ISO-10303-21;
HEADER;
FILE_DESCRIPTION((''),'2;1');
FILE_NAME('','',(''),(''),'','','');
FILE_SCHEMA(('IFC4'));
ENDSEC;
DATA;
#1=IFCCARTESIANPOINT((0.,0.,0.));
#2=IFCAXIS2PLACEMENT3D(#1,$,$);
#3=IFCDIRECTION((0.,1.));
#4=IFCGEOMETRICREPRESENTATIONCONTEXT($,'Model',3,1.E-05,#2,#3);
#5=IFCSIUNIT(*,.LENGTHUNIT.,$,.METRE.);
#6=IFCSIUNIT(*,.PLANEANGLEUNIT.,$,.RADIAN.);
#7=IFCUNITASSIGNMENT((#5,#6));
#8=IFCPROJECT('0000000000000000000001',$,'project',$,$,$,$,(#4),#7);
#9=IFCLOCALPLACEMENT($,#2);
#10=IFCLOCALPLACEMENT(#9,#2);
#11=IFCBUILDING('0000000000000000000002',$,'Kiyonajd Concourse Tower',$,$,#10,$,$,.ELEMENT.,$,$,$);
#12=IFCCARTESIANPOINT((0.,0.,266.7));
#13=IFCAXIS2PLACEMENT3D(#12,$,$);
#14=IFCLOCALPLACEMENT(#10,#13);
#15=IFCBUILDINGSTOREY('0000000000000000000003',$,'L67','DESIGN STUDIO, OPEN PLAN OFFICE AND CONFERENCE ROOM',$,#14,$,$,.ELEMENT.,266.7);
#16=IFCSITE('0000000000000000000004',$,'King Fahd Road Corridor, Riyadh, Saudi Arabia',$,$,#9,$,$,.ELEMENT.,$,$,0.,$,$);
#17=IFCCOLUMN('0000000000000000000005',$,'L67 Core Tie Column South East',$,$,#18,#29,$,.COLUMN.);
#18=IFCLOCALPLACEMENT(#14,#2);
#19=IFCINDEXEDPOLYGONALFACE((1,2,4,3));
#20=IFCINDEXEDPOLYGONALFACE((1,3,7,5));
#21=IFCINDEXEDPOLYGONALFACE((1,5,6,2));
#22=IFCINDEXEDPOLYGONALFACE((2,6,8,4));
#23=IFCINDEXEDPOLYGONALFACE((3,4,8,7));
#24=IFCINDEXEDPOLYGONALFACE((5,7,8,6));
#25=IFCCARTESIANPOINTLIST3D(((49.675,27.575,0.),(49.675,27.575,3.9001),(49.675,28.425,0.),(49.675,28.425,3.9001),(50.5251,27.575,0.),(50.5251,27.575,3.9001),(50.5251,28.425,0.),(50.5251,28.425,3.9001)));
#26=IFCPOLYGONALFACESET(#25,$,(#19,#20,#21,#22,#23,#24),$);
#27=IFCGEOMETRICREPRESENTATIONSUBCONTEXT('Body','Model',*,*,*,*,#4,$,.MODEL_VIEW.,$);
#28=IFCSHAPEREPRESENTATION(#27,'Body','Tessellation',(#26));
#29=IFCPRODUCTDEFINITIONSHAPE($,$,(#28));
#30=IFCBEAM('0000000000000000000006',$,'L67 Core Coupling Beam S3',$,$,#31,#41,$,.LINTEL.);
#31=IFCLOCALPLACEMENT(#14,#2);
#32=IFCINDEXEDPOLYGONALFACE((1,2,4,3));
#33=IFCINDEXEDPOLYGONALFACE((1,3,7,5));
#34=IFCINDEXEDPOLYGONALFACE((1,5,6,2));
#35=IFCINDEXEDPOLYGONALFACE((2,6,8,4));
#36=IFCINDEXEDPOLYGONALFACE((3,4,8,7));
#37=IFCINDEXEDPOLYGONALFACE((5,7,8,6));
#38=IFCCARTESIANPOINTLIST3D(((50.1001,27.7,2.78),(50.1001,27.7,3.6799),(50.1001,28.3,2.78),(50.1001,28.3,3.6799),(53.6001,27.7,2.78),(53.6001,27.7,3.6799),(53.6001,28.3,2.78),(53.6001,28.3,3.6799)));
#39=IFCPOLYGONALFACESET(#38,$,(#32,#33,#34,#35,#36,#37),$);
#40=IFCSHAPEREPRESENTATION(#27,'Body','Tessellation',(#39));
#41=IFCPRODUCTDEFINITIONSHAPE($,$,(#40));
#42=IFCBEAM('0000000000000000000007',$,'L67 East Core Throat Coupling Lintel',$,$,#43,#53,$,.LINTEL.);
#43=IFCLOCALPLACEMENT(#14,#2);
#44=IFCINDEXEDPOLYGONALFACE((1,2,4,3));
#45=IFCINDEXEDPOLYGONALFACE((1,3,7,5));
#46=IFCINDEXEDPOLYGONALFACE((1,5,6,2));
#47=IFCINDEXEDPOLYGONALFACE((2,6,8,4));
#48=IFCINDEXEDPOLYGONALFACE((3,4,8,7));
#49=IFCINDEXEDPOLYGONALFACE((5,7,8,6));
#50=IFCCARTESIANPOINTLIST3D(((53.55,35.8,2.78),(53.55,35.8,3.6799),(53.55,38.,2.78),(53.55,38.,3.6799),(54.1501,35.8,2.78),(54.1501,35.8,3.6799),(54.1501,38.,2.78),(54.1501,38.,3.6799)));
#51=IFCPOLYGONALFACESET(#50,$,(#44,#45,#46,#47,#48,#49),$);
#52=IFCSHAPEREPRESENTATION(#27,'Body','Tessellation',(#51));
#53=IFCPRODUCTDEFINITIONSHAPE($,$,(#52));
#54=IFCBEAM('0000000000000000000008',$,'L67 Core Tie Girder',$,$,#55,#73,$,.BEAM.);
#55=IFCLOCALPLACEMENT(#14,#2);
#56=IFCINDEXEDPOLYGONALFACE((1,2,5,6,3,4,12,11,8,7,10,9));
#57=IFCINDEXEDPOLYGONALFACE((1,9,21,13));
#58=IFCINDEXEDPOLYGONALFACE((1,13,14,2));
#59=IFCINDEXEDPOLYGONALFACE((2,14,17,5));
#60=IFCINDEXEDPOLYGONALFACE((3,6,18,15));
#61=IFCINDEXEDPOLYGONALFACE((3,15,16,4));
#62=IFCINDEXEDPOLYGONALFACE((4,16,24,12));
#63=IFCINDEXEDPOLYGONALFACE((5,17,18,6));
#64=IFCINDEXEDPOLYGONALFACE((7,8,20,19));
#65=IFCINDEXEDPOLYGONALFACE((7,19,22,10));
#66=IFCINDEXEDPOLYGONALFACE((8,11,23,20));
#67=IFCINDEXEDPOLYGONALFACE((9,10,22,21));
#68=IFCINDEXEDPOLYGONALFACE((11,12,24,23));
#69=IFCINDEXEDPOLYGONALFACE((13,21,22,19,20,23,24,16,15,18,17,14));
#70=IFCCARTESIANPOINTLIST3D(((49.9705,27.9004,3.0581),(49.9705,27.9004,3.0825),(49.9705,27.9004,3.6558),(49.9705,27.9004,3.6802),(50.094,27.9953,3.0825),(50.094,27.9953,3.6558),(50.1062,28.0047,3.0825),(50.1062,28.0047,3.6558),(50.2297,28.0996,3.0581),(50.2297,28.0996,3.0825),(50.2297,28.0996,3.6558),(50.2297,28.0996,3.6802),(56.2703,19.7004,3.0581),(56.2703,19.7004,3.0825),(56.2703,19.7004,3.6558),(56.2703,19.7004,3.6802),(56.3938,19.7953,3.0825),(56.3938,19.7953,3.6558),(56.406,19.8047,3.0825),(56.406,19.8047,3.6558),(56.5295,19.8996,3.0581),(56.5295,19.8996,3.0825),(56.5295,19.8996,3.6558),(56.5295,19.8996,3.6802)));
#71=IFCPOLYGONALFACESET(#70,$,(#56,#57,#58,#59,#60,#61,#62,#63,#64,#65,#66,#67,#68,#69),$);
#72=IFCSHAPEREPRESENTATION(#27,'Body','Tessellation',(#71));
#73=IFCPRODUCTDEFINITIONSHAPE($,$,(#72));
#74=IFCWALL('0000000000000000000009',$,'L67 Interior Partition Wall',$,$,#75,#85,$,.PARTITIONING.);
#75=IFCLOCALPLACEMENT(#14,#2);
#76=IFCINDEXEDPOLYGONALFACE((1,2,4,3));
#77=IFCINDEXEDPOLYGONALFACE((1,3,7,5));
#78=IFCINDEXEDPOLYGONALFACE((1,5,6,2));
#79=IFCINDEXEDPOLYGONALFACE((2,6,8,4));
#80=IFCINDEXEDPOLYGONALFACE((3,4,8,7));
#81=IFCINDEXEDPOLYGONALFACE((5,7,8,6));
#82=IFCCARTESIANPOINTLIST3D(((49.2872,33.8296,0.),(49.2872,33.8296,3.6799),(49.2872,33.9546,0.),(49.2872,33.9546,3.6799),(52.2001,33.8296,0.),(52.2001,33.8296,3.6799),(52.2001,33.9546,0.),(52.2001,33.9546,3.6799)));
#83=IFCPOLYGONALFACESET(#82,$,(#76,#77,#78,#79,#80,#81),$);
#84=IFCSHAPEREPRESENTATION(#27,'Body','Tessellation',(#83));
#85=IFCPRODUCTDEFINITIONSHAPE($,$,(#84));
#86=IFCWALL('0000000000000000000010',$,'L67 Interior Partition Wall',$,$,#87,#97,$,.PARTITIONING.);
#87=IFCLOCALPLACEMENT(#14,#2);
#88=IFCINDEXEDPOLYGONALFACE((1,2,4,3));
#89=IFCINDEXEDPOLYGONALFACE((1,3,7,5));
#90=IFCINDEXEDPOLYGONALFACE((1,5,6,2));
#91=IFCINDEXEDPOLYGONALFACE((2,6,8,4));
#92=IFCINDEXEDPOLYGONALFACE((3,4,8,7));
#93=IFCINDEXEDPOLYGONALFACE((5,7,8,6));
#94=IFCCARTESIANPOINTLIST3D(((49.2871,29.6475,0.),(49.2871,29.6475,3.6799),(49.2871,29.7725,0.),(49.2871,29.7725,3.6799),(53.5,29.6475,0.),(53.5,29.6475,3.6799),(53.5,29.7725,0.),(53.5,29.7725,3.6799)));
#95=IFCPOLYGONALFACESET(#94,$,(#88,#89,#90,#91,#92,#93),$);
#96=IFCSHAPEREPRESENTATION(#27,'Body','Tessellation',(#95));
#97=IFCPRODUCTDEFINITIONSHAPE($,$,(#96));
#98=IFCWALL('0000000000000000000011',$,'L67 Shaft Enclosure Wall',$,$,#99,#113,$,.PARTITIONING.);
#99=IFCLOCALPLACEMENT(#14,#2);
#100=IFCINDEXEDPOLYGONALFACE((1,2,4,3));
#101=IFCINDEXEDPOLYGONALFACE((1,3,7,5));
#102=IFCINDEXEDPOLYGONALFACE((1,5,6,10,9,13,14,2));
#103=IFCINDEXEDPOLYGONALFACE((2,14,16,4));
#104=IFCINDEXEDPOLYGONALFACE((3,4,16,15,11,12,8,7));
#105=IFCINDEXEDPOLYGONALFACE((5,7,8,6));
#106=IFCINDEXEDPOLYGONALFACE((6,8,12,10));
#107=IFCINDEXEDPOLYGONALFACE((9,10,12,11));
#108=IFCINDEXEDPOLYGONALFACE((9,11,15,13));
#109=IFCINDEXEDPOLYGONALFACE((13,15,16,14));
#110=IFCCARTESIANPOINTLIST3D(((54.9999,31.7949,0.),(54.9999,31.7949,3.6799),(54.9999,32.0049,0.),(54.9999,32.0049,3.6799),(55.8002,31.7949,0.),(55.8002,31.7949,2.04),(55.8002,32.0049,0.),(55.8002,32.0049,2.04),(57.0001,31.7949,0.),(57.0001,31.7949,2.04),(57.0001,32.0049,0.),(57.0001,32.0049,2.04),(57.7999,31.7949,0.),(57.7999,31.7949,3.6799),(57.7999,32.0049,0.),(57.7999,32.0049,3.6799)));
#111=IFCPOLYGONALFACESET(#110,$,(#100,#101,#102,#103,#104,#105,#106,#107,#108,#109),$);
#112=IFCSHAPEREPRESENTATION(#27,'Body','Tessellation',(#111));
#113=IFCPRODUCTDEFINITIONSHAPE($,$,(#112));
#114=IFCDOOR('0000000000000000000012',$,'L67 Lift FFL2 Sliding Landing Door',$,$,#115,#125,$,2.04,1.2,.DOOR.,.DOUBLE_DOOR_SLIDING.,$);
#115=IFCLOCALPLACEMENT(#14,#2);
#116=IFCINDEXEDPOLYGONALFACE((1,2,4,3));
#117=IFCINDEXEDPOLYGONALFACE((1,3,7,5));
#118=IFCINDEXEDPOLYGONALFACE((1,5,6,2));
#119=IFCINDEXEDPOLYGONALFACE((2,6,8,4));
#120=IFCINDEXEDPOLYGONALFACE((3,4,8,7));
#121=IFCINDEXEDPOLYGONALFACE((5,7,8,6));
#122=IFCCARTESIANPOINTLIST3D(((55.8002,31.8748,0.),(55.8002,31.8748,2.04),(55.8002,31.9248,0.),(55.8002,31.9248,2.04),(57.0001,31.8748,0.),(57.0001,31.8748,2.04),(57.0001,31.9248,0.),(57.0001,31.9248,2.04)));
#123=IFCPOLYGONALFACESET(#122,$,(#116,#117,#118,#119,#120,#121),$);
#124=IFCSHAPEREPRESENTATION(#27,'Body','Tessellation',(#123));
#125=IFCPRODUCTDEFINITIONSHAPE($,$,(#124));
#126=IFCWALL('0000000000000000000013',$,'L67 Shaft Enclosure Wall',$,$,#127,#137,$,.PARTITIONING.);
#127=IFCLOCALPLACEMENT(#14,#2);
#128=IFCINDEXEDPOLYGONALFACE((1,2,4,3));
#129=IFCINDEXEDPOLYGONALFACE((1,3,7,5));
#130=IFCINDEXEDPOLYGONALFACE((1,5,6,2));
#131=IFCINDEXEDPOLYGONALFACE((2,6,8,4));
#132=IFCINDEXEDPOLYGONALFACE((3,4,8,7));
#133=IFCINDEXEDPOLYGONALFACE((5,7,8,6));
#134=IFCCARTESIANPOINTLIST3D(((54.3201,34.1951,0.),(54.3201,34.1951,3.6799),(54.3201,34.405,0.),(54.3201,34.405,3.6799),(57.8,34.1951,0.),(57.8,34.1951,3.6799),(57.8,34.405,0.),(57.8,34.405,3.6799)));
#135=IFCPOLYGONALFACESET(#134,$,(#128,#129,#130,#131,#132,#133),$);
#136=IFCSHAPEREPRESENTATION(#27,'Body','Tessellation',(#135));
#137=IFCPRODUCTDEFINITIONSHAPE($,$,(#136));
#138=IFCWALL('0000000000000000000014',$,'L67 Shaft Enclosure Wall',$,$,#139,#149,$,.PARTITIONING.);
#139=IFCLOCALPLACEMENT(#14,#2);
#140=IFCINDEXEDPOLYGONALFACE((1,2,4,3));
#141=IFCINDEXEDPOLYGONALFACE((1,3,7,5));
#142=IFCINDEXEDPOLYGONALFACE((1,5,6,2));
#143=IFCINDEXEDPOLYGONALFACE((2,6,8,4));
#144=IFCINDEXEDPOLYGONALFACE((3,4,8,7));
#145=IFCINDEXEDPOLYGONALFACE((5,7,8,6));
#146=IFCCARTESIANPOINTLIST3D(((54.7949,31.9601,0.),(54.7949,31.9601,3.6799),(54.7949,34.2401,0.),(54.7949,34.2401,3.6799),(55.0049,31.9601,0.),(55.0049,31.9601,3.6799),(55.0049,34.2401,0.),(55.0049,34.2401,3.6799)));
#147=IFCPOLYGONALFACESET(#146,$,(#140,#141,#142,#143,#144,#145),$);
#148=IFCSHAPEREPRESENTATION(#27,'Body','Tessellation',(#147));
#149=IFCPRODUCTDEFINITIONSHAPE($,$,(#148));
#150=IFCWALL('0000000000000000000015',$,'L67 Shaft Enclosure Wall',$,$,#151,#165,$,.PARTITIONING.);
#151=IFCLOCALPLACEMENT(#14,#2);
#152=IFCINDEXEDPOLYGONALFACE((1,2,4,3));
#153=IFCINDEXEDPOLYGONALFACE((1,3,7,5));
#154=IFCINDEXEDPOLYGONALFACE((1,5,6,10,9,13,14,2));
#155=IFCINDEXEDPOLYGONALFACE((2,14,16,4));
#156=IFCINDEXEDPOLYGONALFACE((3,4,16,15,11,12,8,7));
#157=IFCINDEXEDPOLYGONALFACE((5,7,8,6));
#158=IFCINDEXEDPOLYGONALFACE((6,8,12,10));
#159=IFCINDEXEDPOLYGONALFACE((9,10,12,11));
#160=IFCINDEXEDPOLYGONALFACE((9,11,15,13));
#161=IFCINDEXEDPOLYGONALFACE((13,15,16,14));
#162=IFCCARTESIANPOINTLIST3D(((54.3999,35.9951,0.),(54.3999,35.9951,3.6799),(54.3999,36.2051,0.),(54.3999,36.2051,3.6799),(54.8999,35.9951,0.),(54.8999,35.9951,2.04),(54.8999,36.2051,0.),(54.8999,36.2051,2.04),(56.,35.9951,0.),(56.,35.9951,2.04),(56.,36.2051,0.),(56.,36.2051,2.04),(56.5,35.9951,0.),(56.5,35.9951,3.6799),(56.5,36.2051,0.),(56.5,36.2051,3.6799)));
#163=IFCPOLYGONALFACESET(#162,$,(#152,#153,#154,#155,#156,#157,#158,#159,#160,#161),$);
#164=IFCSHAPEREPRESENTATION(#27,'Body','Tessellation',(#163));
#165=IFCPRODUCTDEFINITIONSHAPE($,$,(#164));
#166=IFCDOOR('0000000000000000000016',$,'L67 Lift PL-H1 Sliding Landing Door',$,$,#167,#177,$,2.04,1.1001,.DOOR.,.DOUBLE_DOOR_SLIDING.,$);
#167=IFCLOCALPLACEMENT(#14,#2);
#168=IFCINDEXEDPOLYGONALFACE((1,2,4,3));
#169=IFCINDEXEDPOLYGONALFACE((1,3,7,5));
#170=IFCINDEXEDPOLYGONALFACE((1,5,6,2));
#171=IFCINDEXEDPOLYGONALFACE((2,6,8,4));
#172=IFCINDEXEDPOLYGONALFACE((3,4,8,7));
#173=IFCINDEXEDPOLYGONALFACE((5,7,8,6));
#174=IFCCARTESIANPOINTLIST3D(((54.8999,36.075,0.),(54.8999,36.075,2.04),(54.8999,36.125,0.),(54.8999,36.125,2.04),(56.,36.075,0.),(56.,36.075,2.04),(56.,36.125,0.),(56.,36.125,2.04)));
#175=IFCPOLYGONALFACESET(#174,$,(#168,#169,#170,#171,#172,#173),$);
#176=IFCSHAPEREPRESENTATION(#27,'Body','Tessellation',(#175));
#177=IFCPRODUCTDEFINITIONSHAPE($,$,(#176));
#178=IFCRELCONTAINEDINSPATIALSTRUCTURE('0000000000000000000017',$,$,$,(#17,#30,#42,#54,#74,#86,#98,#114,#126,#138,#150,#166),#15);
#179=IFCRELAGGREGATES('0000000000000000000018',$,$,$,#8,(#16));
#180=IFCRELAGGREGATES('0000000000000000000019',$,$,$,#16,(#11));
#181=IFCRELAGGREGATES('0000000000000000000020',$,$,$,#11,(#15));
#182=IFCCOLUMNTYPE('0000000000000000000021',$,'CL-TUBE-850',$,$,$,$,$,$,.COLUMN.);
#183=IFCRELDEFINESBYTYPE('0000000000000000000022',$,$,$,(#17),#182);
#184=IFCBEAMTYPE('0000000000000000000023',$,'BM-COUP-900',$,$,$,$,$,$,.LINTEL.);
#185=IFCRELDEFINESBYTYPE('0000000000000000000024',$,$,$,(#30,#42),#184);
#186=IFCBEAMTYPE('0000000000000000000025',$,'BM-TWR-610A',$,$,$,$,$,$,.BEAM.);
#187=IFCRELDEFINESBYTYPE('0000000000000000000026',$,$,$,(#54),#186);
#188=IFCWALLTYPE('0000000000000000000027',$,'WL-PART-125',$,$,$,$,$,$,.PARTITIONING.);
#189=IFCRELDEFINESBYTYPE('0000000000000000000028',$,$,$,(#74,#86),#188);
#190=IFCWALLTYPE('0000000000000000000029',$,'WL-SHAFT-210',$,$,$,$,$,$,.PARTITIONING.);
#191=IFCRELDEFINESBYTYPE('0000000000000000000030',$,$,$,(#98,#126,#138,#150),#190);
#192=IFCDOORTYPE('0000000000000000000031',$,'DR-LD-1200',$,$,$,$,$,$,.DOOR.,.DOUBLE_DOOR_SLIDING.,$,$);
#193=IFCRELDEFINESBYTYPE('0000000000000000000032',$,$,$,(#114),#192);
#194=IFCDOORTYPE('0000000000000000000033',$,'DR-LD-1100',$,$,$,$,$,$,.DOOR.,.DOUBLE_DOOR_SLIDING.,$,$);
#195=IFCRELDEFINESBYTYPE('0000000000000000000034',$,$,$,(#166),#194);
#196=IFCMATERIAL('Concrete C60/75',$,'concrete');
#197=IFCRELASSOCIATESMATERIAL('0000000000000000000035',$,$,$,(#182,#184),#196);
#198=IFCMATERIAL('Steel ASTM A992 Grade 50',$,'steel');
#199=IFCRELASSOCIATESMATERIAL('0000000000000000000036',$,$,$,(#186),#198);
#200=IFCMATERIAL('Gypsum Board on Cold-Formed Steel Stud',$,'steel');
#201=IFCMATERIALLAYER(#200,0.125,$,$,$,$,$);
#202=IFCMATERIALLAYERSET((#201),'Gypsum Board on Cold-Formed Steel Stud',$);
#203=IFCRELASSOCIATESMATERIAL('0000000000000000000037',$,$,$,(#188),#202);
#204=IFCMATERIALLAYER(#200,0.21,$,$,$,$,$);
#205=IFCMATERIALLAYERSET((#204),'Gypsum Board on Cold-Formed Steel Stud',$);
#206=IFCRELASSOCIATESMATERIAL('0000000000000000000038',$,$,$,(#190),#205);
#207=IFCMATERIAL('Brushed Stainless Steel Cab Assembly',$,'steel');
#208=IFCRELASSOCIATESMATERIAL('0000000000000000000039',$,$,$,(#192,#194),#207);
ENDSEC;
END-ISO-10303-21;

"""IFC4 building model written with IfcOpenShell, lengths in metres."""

from ifc_helpers import new_model, si_unit, direction, frame, frame_2d, origin, origin_2d, place, context, subcontext, project, spatial, rectangle, i_section, extrude, material, layer, layer_set, material_profile, profile_set, type_object, element, fill, save


model = new_model("IFC4")

# Units and contexts
model_context = context("Model", 3, precision=1e-05, world=origin(), true_north=direction((0.0, 1.0)))
body_context = subcontext(model_context, "Body", "Model", "MODEL_VIEW")
ifc_project = project(units=[si_unit("LENGTHUNIT", "METRE"), si_unit("PLANEANGLEUNIT", "RADIAN")], contexts=[model_context])

# Site, building, storey
site_placement = place(None, origin())
site = spatial("IfcSite", under=ifc_project, at=site_placement, Name="King Fahd Road Corridor, Riyadh, Saudi Arabia", CompositionType="ELEMENT", RefElevation=0.0)
building_placement = place(site_placement, origin())
building = spatial("IfcBuilding", under=site, at=building_placement, Name="Kiyonajd Concourse Tower", CompositionType="ELEMENT")
storey_placement = place(building_placement, frame((0.0, 0.0, 266.7)))
storey = spatial("IfcBuildingStorey", under=building, at=storey_placement, Name="L67", Description="DESIGN STUDIO, OPEN PLAN OFFICE AND CONFERENCE ROOM", CompositionType="ELEMENT", Elevation=266.7)

# Column
ifc_material_1 = material(Name="Concrete C60/75", Category="concrete")
ifc_material_profile_1 = material_profile(ifc_material_1, rectangle(XDim=0.8501, YDim=0.8501, at=origin_2d()), Name="RC-850x850")
ifc_profile_set_1 = profile_set([ifc_material_profile_1], Name="Concrete C60/75")
column_type = type_object("IfcColumnType", Name="CL-TUBE-850", PredefinedType="COLUMN", material=ifc_profile_set_1)
column_placement = place(storey_placement, frame((50.1001, 28.0, 0.0), z_axis=(0.0, 0.0, 1.0), x_axis=(1.0, 0.0, 0.0)))
element("IfcColumn", 1, at=column_placement, inside=storey, type_object=column_type, Name="L67 Core Tie Column South East", PredefinedType="COLUMN", context=body_context, shape_type="SweptSolid", body=[
    extrude(rectangle(XDim=0.8501, YDim=0.8501, at=origin_2d()), origin(), (0.0, 0.0, 1.0), 3.9001),
])

# Beams
ifc_material_profile_2 = material_profile(ifc_material_1, rectangle(XDim=0.6001, YDim=0.8999, at=origin_2d()), Name="RCBM-600x900")
ifc_profile_set_2 = profile_set([ifc_material_profile_2], Name="Concrete C60/75")
beam_type_1 = type_object("IfcBeamType", Name="BM-COUP-900", PredefinedType="LINTEL", material=ifc_profile_set_2)
beam_1_placement = place(storey_placement, frame((50.1001, 28.0, 3.23), z_axis=(1.0, 0.0, 0.0), x_axis=(0.0, 1.0, 0.0)))
element("IfcBeam", 2, at=beam_1_placement, inside=storey, type_object=beam_type_1, Name="L67 Core Coupling Beam S3", PredefinedType="LINTEL", context=body_context, shape_type="SweptSolid", body=[
    extrude(rectangle(XDim=0.6001, YDim=0.8999, at=origin_2d()), origin(), (0.0, 0.0, 1.0), 3.5),
])
beam_2_placement = place(storey_placement, frame((53.8501, 35.8, 3.23), z_axis=(0.0, 1.0, 0.0), x_axis=(-1.0, 0.0, 0.0)))
element("IfcBeam", 3, at=beam_2_placement, inside=storey, type_object=beam_type_1, Name="L67 East Core Throat Coupling Lintel", PredefinedType="LINTEL", context=body_context, shape_type="SweptSolid", body=[
    extrude(rectangle(XDim=0.6001, YDim=0.8999, at=origin_2d()), origin(), (0.0, 0.0, 1.0), 2.2),
])
ifc_material_2 = material(Name="Steel ASTM A992 Grade 50", Category="steel")
ifc_material_profile_3 = material_profile(ifc_material_2, i_section(OverallWidth=0.3269, OverallDepth=0.6221, WebThickness=0.0154, FlangeThickness=0.0244, at=origin_2d()), Name="W610X195")
ifc_profile_set_3 = profile_set([ifc_material_profile_3], Name="Steel ASTM A992 Grade 50")
beam_type_2 = type_object("IfcBeamType", Name="BM-TWR-610A", PredefinedType="BEAM", material=ifc_profile_set_3)
beam_3_placement = place(storey_placement, frame((50.1001, 28.0, 3.3691), z_axis=(0.609234, -0.792991, 0.0), x_axis=(0.792991, 0.609234, 0.0)))
element("IfcBeam", 4, at=beam_3_placement, inside=storey, type_object=beam_type_2, Name="L67 Core Tie Girder", PredefinedType="BEAM", context=body_context, shape_type="SweptSolid", body=[
    extrude(i_section(OverallWidth=0.3269, OverallDepth=0.6221, WebThickness=0.0154, FlangeThickness=0.0244, at=origin_2d()), origin(), (0.0, 0.0, 1.0), 10.3406),
])

# Walls
ifc_material_3 = material(Name="Gypsum Board on Cold-Formed Steel Stud", Category="steel")
ifc_layer_1 = layer(ifc_material_3, 0.125)
ifc_layer_set_1 = layer_set([ifc_layer_1], Name="Gypsum Board on Cold-Formed Steel Stud")
wall_type_1 = type_object("IfcWallType", Name="WL-PART-125", PredefinedType="PARTITIONING", material=ifc_layer_set_1)
wall_1_placement = place(storey_placement, frame((49.2871, 33.8921, 0.0), z_axis=(0.0, 0.0, 1.0), x_axis=(1.0, 0.0, 0.0)))
element("IfcWall", 5, at=wall_1_placement, inside=storey, type_object=wall_type_1, Name="L67 Interior Partition Wall", PredefinedType="PARTITIONING", context=body_context, shape_type="SweptSolid", body=[
    extrude(rectangle(XDim=2.9128, YDim=0.125, at=frame_2d((1.4565, 0.0))), origin(), (0.0, 0.0, 1.0), 3.6799),
])
wall_2_placement = place(storey_placement, frame((49.2871, 29.71, 0.0), z_axis=(0.0, 0.0, 1.0), x_axis=(1.0, 0.0, 0.0)))
element("IfcWall", 6, at=wall_2_placement, inside=storey, type_object=wall_type_1, Name="L67 Interior Partition Wall", PredefinedType="PARTITIONING", context=body_context, shape_type="SweptSolid", body=[
    extrude(rectangle(XDim=4.2129, YDim=0.125, at=frame_2d((2.1064, 0.0))), origin(), (0.0, 0.0, 1.0), 3.6799),
])

# Wall, opening, door
ifc_layer_2 = layer(ifc_material_3, 0.21)
ifc_layer_set_2 = layer_set([ifc_layer_2], Name="Gypsum Board on Cold-Formed Steel Stud")
wall_type_2 = type_object("IfcWallType", Name="WL-SHAFT-210", PredefinedType="PARTITIONING", material=ifc_layer_set_2)
wall_3_placement = place(storey_placement, frame((55.0, 31.8999, 0.0), z_axis=(0.0, 0.0, 1.0), x_axis=(1.0, 0.0, 0.0)))
wall_3 = element("IfcWall", 7, at=wall_3_placement, inside=storey, type_object=wall_type_2, Name="L67 Shaft Enclosure Wall", PredefinedType="PARTITIONING", context=body_context, shape_type="SweptSolid", body=[
    extrude(rectangle(XDim=2.8, YDim=0.21, at=frame_2d((1.3999, 0.0))), origin(), (0.0, 0.0, 1.0), 3.6799),
])
opening_1_placement = place(wall_3_placement, frame((0.8, 0.0, 0.0)))
opening_1 = element("IfcOpeningElement", 8, at=opening_1_placement, cuts=wall_3, PredefinedType="OPENING", context=body_context, shape_type="SweptSolid", body=[
    extrude(rectangle(XDim=1.2, YDim=2.04, at=frame_2d((0.6001, 1.02))), frame((0.0, 0.115, 0.0), z_axis=(0.0, -1.0, 0.0), x_axis=(1.0, 0.0, 0.0)), (0.0, 0.0, 1.0), 0.23),
])
ifc_material_4 = material(Name="Brushed Stainless Steel Cab Assembly", Category="steel")
door_type_1 = type_object("IfcDoorType", Name="DR-LD-1200", OperationType="DOUBLE_DOOR_SLIDING", PredefinedType="DOOR", material=ifc_material_4)
door_1_placement = place(opening_1_placement, origin())
door_1 = element("IfcDoor", 9, at=door_1_placement, inside=storey, type_object=door_type_1, Name="L67 Lift FFL2 Sliding Landing Door", OperationType="DOUBLE_DOOR_SLIDING", OverallHeight=2.04, OverallWidth=1.2, PredefinedType="DOOR", context=body_context, shape_type="SweptSolid", body=[
    extrude(rectangle(XDim=1.2, YDim=2.04, at=frame_2d((0.6001, 1.02))), frame((0.0, 0.0249, 0.0), z_axis=(0.0, -1.0, 0.0), x_axis=(1.0, 0.0, 0.0)), (0.0, 0.0, 1.0), 0.05),
])
fill(opening_1, door_1)

# Walls
wall_4_placement = place(storey_placement, frame((54.3201, 34.3, 0.0), z_axis=(0.0, 0.0, 1.0), x_axis=(1.0, 0.0, 0.0)))
element("IfcWall", 10, at=wall_4_placement, inside=storey, type_object=wall_type_2, Name="L67 Shaft Enclosure Wall", PredefinedType="PARTITIONING", context=body_context, shape_type="SweptSolid", body=[
    extrude(rectangle(XDim=3.48, YDim=0.21, at=frame_2d((1.74, 0.0))), origin(), (0.0, 0.0, 1.0), 3.6799),
])
wall_5_placement = place(storey_placement, frame((54.8999, 31.96, 0.0), z_axis=(0.0, 0.0, 1.0), x_axis=(0.0, 1.0, 0.0)))
element("IfcWall", 11, at=wall_5_placement, inside=storey, type_object=wall_type_2, Name="L67 Shaft Enclosure Wall", PredefinedType="PARTITIONING", context=body_context, shape_type="SweptSolid", body=[
    extrude(rectangle(XDim=2.28, YDim=0.21, at=frame_2d((1.1401, 0.0))), origin(), (0.0, 0.0, 1.0), 3.6799),
])

# Wall, opening, door
wall_6_placement = place(storey_placement, frame((54.3999, 36.1001, 0.0), z_axis=(0.0, 0.0, 1.0), x_axis=(1.0, 0.0, 0.0)))
wall_6 = element("IfcWall", 12, at=wall_6_placement, inside=storey, type_object=wall_type_2, Name="L67 Shaft Enclosure Wall", PredefinedType="PARTITIONING", context=body_context, shape_type="SweptSolid", body=[
    extrude(rectangle(XDim=2.1001, YDim=0.21, at=frame_2d((1.05, 0.0))), origin(), (0.0, 0.0, 1.0), 3.6799),
])
opening_2_placement = place(wall_6_placement, frame((0.5, 0.0, 0.0)))
opening_2 = element("IfcOpeningElement", 13, at=opening_2_placement, cuts=wall_6, PredefinedType="OPENING", context=body_context, shape_type="SweptSolid", body=[
    extrude(rectangle(XDim=1.1001, YDim=2.04, at=frame_2d((0.55, 1.02))), frame((0.0, 0.115, 0.0), z_axis=(0.0, -1.0, 0.0), x_axis=(1.0, 0.0, 0.0)), (0.0, 0.0, 1.0), 0.23),
])
door_type_2 = type_object("IfcDoorType", Name="DR-LD-1100", OperationType="DOUBLE_DOOR_SLIDING", PredefinedType="DOOR", material=ifc_material_4)
door_2_placement = place(opening_2_placement, origin())
door_2 = element("IfcDoor", 14, at=door_2_placement, inside=storey, type_object=door_type_2, Name="L67 Lift PL-H1 Sliding Landing Door", OperationType="DOUBLE_DOOR_SLIDING", OverallHeight=2.04, OverallWidth=1.1001, PredefinedType="DOOR", context=body_context, shape_type="SweptSolid", body=[
    extrude(rectangle(XDim=1.1001, YDim=2.04, at=frame_2d((0.55, 1.02))), frame((0.0, 0.0249, 0.0), z_axis=(0.0, -1.0, 0.0), x_axis=(1.0, 0.0, 0.0)), (0.0, 0.0, 1.0), 0.05),
])
fill(opening_2, door_2)

save(model, "model.ifc")
